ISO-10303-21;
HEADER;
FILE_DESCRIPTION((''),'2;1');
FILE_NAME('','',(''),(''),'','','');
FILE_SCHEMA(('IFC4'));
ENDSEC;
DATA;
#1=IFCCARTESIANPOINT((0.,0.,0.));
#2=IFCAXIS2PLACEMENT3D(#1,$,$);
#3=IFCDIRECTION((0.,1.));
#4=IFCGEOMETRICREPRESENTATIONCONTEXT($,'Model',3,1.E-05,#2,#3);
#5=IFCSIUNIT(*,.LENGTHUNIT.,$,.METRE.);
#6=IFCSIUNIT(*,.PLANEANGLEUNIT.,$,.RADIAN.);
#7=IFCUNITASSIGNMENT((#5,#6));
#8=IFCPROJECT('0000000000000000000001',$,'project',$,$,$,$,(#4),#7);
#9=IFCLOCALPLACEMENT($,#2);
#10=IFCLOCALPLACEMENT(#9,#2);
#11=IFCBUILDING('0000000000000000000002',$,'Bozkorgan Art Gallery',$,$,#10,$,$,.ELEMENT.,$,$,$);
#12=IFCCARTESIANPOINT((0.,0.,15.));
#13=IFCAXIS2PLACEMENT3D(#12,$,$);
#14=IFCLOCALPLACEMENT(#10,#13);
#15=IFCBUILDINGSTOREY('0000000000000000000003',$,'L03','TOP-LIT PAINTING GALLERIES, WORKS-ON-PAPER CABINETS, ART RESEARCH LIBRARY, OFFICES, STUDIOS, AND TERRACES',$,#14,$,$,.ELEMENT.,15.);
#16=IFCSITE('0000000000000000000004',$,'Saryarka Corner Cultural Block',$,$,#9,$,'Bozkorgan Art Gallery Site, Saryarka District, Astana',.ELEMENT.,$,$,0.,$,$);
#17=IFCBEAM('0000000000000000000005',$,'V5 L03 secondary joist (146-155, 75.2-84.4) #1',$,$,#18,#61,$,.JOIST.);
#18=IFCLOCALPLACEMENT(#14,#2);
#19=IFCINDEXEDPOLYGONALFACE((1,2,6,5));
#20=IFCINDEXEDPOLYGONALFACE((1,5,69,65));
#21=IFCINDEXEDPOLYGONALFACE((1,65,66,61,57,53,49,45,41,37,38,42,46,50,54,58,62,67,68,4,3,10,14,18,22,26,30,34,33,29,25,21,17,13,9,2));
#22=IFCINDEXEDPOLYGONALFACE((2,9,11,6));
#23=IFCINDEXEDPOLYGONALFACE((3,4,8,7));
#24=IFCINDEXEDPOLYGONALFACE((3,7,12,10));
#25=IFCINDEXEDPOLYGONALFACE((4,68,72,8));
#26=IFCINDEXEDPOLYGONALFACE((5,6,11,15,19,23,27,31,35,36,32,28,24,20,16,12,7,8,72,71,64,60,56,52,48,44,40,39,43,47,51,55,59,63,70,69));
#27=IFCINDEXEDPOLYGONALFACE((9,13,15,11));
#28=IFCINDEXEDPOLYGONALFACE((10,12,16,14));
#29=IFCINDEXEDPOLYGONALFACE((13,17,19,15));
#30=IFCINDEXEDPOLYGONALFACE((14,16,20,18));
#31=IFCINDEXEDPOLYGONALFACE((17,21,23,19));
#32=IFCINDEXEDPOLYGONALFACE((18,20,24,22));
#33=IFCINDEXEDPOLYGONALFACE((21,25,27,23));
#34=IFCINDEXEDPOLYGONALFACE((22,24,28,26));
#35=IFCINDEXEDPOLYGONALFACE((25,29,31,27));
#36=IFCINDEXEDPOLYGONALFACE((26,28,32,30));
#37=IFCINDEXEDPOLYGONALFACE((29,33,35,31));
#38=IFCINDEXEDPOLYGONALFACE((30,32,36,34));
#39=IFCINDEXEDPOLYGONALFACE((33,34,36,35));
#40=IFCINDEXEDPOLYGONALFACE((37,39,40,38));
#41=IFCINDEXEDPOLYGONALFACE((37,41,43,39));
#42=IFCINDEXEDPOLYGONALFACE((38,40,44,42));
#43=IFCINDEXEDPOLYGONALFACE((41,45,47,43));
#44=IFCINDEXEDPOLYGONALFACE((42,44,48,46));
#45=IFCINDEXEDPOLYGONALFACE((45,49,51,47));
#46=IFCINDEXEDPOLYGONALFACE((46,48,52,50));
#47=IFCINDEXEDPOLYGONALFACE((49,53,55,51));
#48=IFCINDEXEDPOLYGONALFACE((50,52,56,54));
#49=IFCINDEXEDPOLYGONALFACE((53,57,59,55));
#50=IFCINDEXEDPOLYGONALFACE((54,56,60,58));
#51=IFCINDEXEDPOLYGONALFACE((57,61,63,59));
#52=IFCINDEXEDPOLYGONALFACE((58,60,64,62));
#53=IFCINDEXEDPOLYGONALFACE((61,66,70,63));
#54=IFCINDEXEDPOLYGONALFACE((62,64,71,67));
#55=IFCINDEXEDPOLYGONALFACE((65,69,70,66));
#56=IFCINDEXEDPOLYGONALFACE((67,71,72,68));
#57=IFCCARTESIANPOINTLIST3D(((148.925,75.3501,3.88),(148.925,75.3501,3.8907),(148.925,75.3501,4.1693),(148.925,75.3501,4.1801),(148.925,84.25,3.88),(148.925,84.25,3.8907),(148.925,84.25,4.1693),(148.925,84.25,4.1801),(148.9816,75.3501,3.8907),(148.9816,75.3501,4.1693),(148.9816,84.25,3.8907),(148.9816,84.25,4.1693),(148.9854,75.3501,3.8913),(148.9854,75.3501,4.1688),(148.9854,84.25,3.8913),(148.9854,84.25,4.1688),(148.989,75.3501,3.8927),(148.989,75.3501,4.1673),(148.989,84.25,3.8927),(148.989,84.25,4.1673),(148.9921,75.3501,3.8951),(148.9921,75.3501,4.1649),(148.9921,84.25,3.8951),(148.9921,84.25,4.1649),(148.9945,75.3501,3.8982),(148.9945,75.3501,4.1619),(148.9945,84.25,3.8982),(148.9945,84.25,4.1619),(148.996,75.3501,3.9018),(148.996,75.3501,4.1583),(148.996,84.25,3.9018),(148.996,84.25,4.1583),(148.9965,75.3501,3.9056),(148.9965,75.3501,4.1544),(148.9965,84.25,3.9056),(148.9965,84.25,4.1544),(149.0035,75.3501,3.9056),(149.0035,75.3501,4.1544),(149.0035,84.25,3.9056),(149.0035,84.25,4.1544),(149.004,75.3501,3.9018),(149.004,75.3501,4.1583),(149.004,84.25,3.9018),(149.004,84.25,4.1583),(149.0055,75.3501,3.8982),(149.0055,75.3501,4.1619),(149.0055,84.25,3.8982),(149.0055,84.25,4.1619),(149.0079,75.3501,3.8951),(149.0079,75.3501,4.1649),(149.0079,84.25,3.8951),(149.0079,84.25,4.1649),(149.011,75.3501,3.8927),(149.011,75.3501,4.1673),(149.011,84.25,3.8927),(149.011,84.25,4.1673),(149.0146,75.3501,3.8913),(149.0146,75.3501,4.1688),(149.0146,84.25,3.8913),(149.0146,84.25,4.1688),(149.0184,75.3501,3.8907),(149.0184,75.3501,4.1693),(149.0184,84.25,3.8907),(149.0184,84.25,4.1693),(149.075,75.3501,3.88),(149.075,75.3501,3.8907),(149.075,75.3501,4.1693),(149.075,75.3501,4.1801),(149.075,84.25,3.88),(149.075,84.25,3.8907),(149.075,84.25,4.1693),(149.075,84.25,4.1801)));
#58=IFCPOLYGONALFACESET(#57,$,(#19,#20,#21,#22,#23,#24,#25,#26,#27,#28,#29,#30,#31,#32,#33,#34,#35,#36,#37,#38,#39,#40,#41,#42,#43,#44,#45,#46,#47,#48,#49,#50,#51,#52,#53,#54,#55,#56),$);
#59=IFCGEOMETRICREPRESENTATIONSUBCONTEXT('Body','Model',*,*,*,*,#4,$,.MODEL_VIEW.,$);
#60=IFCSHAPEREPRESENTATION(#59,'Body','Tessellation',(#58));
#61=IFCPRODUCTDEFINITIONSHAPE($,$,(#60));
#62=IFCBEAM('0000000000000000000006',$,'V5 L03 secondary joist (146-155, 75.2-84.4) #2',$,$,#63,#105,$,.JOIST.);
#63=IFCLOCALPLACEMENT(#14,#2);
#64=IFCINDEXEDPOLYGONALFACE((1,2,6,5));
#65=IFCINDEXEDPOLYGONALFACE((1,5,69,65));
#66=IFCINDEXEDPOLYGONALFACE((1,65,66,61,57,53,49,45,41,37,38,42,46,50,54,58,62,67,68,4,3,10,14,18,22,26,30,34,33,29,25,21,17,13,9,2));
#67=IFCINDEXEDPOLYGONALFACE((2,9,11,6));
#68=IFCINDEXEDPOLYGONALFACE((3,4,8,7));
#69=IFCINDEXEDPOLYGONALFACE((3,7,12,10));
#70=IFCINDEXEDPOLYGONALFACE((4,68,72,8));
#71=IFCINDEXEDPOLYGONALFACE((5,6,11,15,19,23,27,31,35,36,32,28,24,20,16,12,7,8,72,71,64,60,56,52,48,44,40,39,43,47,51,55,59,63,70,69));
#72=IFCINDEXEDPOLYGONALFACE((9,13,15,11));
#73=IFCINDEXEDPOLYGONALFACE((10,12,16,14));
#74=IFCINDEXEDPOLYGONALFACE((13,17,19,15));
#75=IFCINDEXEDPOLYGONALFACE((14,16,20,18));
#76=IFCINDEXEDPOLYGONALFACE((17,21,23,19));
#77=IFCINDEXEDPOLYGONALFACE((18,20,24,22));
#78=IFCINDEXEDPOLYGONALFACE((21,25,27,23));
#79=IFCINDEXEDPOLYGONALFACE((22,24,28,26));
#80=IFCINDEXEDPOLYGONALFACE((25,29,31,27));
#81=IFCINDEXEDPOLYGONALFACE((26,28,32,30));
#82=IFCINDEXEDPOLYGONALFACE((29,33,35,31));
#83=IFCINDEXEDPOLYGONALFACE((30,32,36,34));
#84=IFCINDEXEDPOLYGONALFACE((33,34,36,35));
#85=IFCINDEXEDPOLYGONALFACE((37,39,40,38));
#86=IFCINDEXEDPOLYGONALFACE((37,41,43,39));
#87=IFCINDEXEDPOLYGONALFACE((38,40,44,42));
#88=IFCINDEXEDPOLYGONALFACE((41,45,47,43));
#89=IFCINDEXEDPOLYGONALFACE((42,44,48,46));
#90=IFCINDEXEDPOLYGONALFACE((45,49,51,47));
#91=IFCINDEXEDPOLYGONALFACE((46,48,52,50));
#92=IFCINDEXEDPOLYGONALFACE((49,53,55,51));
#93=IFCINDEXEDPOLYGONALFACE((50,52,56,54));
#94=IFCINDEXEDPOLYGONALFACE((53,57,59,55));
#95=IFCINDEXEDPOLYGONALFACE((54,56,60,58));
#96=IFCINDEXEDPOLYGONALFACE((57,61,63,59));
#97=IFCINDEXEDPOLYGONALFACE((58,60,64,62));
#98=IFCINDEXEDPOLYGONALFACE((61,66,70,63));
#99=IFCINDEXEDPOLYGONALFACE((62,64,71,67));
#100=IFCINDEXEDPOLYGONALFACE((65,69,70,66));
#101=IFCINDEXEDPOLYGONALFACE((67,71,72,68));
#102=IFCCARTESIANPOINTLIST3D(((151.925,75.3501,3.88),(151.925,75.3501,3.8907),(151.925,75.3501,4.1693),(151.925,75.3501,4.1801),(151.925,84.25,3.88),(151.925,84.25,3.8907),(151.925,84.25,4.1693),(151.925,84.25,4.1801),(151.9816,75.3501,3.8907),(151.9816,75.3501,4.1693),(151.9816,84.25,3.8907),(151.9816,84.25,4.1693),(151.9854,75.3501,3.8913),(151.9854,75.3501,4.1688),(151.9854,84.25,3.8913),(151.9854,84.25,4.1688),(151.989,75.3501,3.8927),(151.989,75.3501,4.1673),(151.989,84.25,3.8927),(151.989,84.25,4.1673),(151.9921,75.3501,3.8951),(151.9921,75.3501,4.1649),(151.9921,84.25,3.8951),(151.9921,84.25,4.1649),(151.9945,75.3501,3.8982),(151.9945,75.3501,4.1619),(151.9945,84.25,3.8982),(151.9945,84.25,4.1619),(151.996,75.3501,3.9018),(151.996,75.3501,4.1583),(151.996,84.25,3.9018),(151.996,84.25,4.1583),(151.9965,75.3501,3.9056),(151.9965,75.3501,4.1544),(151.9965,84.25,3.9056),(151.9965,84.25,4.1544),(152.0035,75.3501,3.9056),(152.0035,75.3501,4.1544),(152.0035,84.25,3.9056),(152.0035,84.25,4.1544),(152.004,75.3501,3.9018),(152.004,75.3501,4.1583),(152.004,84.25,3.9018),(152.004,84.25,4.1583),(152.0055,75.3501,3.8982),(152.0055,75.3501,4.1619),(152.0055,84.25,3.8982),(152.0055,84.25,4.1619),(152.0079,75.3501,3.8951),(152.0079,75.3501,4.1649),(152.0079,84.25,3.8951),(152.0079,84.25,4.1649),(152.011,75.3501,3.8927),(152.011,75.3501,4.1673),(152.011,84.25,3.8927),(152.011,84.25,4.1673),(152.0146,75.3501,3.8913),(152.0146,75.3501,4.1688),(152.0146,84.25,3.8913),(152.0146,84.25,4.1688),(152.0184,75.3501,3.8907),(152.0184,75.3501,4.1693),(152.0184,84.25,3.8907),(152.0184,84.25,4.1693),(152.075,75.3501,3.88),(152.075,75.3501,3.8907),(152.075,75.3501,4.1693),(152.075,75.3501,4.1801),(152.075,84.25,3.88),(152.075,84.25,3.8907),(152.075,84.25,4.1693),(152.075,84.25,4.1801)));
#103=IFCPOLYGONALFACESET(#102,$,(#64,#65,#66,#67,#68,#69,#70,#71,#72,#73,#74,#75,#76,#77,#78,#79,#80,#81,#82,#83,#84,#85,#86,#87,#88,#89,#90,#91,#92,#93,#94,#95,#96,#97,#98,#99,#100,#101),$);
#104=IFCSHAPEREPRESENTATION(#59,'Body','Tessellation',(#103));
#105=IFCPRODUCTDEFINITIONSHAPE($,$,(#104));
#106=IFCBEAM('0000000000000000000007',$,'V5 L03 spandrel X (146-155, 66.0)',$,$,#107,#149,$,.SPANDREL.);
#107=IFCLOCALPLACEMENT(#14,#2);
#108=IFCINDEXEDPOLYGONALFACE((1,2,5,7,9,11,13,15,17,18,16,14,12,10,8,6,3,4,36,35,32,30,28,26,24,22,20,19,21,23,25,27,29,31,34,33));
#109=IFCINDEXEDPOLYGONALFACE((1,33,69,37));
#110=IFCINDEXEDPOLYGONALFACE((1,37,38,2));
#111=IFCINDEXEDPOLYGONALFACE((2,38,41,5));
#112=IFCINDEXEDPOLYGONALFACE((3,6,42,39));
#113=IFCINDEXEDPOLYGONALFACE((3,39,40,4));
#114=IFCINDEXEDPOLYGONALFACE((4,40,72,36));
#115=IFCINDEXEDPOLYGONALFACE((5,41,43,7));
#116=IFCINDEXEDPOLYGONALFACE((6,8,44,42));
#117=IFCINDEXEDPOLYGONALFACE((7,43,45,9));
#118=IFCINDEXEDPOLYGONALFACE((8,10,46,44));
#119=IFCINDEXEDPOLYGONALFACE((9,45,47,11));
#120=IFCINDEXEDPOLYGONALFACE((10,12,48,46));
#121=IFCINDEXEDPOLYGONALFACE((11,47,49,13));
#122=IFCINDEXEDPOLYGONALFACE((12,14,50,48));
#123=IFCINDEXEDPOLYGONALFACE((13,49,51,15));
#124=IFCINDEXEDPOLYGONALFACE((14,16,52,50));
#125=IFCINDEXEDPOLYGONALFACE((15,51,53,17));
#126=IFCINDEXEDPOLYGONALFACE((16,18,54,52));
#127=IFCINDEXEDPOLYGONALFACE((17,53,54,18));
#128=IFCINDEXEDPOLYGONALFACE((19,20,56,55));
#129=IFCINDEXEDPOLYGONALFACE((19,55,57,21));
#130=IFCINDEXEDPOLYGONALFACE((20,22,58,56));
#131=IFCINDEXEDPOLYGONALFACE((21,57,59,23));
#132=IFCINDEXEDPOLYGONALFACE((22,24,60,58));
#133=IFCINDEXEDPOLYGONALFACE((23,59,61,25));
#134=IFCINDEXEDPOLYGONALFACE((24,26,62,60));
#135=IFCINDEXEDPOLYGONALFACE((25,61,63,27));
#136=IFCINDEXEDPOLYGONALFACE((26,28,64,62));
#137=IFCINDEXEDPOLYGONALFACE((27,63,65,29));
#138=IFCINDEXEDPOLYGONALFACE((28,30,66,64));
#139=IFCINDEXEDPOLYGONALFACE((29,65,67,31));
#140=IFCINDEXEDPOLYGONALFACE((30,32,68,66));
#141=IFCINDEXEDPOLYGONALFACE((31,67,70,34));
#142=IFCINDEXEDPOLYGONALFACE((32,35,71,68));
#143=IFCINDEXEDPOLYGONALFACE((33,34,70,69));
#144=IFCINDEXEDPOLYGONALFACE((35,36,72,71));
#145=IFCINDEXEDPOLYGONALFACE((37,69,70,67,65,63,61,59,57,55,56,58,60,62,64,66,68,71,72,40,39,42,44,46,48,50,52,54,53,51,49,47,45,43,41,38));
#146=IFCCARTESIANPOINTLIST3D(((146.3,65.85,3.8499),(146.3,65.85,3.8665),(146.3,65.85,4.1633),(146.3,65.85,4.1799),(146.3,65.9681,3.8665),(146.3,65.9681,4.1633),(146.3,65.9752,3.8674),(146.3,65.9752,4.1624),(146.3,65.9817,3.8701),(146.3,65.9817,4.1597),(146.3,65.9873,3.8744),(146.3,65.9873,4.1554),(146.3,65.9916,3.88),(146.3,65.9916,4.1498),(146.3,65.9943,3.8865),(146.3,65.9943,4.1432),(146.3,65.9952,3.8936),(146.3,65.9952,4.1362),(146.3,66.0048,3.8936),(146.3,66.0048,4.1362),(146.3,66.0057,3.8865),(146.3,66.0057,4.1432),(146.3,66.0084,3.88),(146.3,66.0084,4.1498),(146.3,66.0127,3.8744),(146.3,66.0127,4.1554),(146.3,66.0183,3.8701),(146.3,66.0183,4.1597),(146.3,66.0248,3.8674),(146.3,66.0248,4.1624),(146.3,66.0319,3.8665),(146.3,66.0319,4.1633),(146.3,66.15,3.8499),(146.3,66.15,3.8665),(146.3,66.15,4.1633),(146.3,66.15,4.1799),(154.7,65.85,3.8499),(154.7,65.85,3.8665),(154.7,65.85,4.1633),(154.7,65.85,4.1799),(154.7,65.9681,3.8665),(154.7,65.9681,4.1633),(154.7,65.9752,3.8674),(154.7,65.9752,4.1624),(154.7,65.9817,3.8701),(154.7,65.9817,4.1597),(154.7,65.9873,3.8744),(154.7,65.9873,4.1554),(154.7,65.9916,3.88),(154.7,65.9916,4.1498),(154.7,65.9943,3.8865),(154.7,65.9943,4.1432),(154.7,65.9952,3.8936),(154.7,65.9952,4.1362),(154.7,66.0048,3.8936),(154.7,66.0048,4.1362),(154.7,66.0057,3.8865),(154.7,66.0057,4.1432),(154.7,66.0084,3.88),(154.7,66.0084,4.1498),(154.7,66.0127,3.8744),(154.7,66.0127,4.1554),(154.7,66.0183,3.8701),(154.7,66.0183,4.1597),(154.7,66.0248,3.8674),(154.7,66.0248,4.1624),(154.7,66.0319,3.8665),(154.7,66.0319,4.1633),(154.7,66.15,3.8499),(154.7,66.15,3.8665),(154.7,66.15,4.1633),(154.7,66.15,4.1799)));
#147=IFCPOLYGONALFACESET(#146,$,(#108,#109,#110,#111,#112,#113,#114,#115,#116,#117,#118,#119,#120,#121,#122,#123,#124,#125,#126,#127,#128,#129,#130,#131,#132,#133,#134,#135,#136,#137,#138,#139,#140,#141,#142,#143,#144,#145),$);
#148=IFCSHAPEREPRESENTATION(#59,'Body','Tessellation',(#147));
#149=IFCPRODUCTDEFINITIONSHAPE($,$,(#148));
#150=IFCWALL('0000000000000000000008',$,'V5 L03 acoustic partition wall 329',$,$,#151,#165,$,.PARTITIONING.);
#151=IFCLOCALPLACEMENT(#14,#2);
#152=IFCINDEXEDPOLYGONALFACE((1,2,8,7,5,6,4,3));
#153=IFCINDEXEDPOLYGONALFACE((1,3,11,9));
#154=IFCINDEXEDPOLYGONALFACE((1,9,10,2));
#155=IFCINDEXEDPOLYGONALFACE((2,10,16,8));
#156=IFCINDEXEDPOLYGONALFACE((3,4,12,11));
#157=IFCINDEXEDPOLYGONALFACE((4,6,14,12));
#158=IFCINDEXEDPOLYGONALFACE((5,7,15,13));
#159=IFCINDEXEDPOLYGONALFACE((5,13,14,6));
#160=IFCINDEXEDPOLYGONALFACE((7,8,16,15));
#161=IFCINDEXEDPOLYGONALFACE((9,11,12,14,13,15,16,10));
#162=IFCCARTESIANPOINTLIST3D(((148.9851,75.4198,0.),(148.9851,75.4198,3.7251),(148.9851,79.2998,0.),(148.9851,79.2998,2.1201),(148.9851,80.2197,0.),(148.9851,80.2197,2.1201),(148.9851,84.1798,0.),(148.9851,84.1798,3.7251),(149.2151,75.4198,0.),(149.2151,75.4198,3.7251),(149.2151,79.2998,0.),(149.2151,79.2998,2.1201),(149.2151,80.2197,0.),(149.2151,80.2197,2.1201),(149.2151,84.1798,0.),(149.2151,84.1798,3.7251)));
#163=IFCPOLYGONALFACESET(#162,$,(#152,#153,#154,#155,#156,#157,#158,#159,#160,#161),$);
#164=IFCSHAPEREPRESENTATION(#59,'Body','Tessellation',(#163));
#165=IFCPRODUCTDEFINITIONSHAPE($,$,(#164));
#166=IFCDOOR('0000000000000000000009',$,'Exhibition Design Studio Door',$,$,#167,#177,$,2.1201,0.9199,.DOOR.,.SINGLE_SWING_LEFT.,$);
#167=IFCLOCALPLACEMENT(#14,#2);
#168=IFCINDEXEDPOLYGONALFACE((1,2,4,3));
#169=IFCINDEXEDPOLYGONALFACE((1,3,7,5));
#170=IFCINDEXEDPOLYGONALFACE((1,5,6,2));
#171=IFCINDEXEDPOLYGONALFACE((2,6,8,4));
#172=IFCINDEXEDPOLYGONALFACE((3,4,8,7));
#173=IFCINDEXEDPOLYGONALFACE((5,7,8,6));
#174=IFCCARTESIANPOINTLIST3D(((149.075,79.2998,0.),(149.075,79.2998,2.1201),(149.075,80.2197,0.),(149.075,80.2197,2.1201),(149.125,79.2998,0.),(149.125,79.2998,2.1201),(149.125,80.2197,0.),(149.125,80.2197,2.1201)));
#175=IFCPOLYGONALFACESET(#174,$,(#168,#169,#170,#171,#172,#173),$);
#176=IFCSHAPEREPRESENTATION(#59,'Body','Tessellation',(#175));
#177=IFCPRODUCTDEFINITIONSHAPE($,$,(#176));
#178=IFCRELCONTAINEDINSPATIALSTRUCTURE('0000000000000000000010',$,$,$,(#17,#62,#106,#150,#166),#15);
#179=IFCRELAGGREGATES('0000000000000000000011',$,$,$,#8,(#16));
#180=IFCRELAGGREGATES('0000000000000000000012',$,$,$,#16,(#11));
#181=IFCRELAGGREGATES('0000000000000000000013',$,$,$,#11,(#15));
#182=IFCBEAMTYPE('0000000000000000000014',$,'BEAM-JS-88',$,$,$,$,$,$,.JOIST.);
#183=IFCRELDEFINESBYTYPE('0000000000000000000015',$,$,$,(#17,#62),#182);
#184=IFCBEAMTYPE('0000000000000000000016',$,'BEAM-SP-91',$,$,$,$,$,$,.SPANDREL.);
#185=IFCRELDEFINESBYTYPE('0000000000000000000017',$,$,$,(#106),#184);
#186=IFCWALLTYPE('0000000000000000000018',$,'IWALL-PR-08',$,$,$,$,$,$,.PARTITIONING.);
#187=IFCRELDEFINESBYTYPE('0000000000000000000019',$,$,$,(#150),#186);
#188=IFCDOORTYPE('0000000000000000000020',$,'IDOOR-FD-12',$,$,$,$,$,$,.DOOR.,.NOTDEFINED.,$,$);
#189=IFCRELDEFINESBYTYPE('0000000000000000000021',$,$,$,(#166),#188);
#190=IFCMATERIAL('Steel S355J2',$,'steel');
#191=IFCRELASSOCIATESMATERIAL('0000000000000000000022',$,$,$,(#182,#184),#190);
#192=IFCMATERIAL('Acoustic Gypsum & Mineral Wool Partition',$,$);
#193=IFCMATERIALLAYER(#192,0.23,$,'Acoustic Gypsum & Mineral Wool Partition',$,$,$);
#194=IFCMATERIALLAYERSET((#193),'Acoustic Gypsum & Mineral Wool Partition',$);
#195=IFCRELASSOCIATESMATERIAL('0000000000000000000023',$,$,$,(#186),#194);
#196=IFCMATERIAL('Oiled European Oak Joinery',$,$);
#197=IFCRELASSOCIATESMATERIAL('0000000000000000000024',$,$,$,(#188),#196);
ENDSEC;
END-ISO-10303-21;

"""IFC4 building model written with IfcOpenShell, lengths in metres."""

from ifc_helpers import new_model, si_unit, direction, frame, frame_2d, origin, origin_2d, place, context, subcontext, project, spatial, rectangle, i_section, extrude, material, layer, layer_set, material_profile, profile_set, type_object, element, fill, save


model = new_model("IFC4")

# Units and contexts
model_context = context("Model", 3, precision=1e-05, world=origin(), true_north=direction((0.0, 1.0)))
body_context = subcontext(model_context, "Body", "Model", "MODEL_VIEW")
ifc_project = project(units=[si_unit("LENGTHUNIT", "METRE"), si_unit("PLANEANGLEUNIT", "RADIAN")], contexts=[model_context])

# Site, building, storey
site_placement = place(None, origin())
site = spatial("IfcSite", under=ifc_project, at=site_placement, Name="Saryarka Corner Cultural Block", LongName="Bozkorgan Art Gallery Site, Saryarka District, Astana", CompositionType="ELEMENT", RefElevation=0.0)
building_placement = place(site_placement, origin())
building = spatial("IfcBuilding", under=site, at=building_placement, Name="Bozkorgan Art Gallery", CompositionType="ELEMENT")
storey_placement = place(building_placement, frame((0.0, 0.0, 15.0)))
storey = spatial("IfcBuildingStorey", under=building, at=storey_placement, Name="L03", Description="TOP-LIT PAINTING GALLERIES, WORKS-ON-PAPER CABINETS, ART RESEARCH LIBRARY, OFFICES, STUDIOS, AND TERRACES", CompositionType="ELEMENT", Elevation=15.0)

# Beams
ifc_material_1 = material(Name="Steel S355J2", Category="steel")
ifc_material_profile_1 = material_profile(ifc_material_1, i_section(OverallWidth=0.1499, OverallDepth=0.3, WebThickness=0.0071, FlangeThickness=0.0107, FilletRadius=0.0149, at=origin_2d()), Name="IPE 300")
ifc_profile_set_1 = profile_set([ifc_material_profile_1], Name="Steel S355J2")
beam_type_1 = type_object("IfcBeamType", Name="BEAM-JS-88", PredefinedType="JOIST", material=ifc_profile_set_1)
for number, where, z_axis, x_axis, name in (
    (1, (149.0, 75.3501, 4.03), (0.0, 1.0, 0.0), (-1.0, 0.0, 0.0), "V5 L03 secondary joist (146-155, 75.2-84.4) #1"),
    (2, (152.0, 75.3501, 4.03), (0.0, 1.0, 0.0), (-1.0, 0.0, 0.0), "V5 L03 secondary joist (146-155, 75.2-84.4) #2"),
):
    element("IfcBeam", number, at=place(storey_placement, frame(where, z_axis=z_axis, x_axis=x_axis)), inside=storey, type_object=beam_type_1, Name=name, PredefinedType="JOIST", context=body_context, shape_type="SweptSolid", body=[
        extrude(i_section(OverallWidth=0.1499, OverallDepth=0.3, WebThickness=0.0071, FlangeThickness=0.0107, FilletRadius=0.0149, at=origin_2d()), origin(), (0.0, 0.0, 1.0), 8.8999),
    ])
ifc_material_profile_2 = material_profile(ifc_material_1, i_section(OverallWidth=0.3, OverallDepth=0.3301, WebThickness=0.0095, FlangeThickness=0.0166, FilletRadius=0.0271, at=origin_2d()), Name="HEA 340")
ifc_profile_set_2 = profile_set([ifc_material_profile_2], Name="Steel S355J2")
beam_type_2 = type_object("IfcBeamType", Name="BEAM-SP-91", PredefinedType="SPANDREL", material=ifc_profile_set_2)
beam_1_placement = place(storey_placement, frame((146.3, 66.0, 4.0149), z_axis=(1.0, 0.0, 0.0), x_axis=(0.0, 1.0, 0.0)))
element("IfcBeam", 3, at=beam_1_placement, inside=storey, type_object=beam_type_2, Name="V5 L03 spandrel X (146-155, 66.0)", PredefinedType="SPANDREL", context=body_context, shape_type="SweptSolid", body=[
    extrude(i_section(OverallWidth=0.3, OverallDepth=0.3301, WebThickness=0.0095, FlangeThickness=0.0166, FilletRadius=0.0271, at=origin_2d()), origin(), (0.0, 0.0, 1.0), 8.3999),
])

# Wall, opening, door
ifc_material_2 = material(Name="Acoustic Gypsum & Mineral Wool Partition")
ifc_layer_1 = layer(ifc_material_2, 0.23, Name="Acoustic Gypsum & Mineral Wool Partition")
ifc_layer_set_1 = layer_set([ifc_layer_1], Name="Acoustic Gypsum & Mineral Wool Partition")
wall_type_1 = type_object("IfcWallType", Name="IWALL-PR-08", PredefinedType="PARTITIONING", material=ifc_layer_set_1)
wall_1_placement = place(storey_placement, frame((149.1001, 75.4199, 0.0), z_axis=(0.0, 0.0, 1.0), x_axis=(0.0, 1.0, 0.0)))
wall_1 = element("IfcWall", 4, at=wall_1_placement, inside=storey, type_object=wall_type_1, Name="V5 L03 acoustic partition wall 329", PredefinedType="PARTITIONING", context=body_context, shape_type="SweptSolid", body=[
    extrude(rectangle(XDim=8.76, YDim=0.23, at=frame_2d((4.3799, 0.0))), origin(), (0.0, 0.0, 1.0), 3.7251),
])
opening_1_placement = place(wall_1_placement, frame((4.7998, 0.0, 0.0), z_axis=(0.0, 0.0, 1.0), x_axis=(-1.0, 0.0, 0.0)))
opening_1 = element("IfcOpeningElement", 5, at=opening_1_placement, cuts=wall_1, PredefinedType="OPENING", context=body_context, shape_type="SweptSolid", body=[
    extrude(rectangle(XDim=0.9199, YDim=2.1201, at=frame_2d((0.46, 1.0601))), frame((0.0, 0.125, 0.0), z_axis=(0.0, -1.0, 0.0), x_axis=(1.0, 0.0, 0.0)), (0.0, 0.0, 1.0), 0.25),
])
ifc_material_3 = material(Name="Oiled European Oak Joinery")
door_type_1 = type_object("IfcDoorType", Name="IDOOR-FD-12", OperationType="NOTDEFINED", PredefinedType="DOOR", material=ifc_material_3)
door_1_placement = place(opening_1_placement, origin())
door_1 = element("IfcDoor", 6, at=door_1_placement, inside=storey, type_object=door_type_1, Name="Exhibition Design Studio Door", OperationType="SINGLE_SWING_LEFT", OverallHeight=2.1201, OverallWidth=0.9199, PredefinedType="DOOR", context=body_context, shape_type="SweptSolid", body=[
    extrude(rectangle(XDim=0.9199, YDim=2.1201, at=frame_2d((0.46, 1.0601))), frame((0.0, 0.0249, 0.0), z_axis=(0.0, -1.0, 0.0), x_axis=(1.0, 0.0, 0.0)), (0.0, 0.0, 1.0), 0.05),
])
fill(opening_1, door_1)

save(model, "model.ifc")
